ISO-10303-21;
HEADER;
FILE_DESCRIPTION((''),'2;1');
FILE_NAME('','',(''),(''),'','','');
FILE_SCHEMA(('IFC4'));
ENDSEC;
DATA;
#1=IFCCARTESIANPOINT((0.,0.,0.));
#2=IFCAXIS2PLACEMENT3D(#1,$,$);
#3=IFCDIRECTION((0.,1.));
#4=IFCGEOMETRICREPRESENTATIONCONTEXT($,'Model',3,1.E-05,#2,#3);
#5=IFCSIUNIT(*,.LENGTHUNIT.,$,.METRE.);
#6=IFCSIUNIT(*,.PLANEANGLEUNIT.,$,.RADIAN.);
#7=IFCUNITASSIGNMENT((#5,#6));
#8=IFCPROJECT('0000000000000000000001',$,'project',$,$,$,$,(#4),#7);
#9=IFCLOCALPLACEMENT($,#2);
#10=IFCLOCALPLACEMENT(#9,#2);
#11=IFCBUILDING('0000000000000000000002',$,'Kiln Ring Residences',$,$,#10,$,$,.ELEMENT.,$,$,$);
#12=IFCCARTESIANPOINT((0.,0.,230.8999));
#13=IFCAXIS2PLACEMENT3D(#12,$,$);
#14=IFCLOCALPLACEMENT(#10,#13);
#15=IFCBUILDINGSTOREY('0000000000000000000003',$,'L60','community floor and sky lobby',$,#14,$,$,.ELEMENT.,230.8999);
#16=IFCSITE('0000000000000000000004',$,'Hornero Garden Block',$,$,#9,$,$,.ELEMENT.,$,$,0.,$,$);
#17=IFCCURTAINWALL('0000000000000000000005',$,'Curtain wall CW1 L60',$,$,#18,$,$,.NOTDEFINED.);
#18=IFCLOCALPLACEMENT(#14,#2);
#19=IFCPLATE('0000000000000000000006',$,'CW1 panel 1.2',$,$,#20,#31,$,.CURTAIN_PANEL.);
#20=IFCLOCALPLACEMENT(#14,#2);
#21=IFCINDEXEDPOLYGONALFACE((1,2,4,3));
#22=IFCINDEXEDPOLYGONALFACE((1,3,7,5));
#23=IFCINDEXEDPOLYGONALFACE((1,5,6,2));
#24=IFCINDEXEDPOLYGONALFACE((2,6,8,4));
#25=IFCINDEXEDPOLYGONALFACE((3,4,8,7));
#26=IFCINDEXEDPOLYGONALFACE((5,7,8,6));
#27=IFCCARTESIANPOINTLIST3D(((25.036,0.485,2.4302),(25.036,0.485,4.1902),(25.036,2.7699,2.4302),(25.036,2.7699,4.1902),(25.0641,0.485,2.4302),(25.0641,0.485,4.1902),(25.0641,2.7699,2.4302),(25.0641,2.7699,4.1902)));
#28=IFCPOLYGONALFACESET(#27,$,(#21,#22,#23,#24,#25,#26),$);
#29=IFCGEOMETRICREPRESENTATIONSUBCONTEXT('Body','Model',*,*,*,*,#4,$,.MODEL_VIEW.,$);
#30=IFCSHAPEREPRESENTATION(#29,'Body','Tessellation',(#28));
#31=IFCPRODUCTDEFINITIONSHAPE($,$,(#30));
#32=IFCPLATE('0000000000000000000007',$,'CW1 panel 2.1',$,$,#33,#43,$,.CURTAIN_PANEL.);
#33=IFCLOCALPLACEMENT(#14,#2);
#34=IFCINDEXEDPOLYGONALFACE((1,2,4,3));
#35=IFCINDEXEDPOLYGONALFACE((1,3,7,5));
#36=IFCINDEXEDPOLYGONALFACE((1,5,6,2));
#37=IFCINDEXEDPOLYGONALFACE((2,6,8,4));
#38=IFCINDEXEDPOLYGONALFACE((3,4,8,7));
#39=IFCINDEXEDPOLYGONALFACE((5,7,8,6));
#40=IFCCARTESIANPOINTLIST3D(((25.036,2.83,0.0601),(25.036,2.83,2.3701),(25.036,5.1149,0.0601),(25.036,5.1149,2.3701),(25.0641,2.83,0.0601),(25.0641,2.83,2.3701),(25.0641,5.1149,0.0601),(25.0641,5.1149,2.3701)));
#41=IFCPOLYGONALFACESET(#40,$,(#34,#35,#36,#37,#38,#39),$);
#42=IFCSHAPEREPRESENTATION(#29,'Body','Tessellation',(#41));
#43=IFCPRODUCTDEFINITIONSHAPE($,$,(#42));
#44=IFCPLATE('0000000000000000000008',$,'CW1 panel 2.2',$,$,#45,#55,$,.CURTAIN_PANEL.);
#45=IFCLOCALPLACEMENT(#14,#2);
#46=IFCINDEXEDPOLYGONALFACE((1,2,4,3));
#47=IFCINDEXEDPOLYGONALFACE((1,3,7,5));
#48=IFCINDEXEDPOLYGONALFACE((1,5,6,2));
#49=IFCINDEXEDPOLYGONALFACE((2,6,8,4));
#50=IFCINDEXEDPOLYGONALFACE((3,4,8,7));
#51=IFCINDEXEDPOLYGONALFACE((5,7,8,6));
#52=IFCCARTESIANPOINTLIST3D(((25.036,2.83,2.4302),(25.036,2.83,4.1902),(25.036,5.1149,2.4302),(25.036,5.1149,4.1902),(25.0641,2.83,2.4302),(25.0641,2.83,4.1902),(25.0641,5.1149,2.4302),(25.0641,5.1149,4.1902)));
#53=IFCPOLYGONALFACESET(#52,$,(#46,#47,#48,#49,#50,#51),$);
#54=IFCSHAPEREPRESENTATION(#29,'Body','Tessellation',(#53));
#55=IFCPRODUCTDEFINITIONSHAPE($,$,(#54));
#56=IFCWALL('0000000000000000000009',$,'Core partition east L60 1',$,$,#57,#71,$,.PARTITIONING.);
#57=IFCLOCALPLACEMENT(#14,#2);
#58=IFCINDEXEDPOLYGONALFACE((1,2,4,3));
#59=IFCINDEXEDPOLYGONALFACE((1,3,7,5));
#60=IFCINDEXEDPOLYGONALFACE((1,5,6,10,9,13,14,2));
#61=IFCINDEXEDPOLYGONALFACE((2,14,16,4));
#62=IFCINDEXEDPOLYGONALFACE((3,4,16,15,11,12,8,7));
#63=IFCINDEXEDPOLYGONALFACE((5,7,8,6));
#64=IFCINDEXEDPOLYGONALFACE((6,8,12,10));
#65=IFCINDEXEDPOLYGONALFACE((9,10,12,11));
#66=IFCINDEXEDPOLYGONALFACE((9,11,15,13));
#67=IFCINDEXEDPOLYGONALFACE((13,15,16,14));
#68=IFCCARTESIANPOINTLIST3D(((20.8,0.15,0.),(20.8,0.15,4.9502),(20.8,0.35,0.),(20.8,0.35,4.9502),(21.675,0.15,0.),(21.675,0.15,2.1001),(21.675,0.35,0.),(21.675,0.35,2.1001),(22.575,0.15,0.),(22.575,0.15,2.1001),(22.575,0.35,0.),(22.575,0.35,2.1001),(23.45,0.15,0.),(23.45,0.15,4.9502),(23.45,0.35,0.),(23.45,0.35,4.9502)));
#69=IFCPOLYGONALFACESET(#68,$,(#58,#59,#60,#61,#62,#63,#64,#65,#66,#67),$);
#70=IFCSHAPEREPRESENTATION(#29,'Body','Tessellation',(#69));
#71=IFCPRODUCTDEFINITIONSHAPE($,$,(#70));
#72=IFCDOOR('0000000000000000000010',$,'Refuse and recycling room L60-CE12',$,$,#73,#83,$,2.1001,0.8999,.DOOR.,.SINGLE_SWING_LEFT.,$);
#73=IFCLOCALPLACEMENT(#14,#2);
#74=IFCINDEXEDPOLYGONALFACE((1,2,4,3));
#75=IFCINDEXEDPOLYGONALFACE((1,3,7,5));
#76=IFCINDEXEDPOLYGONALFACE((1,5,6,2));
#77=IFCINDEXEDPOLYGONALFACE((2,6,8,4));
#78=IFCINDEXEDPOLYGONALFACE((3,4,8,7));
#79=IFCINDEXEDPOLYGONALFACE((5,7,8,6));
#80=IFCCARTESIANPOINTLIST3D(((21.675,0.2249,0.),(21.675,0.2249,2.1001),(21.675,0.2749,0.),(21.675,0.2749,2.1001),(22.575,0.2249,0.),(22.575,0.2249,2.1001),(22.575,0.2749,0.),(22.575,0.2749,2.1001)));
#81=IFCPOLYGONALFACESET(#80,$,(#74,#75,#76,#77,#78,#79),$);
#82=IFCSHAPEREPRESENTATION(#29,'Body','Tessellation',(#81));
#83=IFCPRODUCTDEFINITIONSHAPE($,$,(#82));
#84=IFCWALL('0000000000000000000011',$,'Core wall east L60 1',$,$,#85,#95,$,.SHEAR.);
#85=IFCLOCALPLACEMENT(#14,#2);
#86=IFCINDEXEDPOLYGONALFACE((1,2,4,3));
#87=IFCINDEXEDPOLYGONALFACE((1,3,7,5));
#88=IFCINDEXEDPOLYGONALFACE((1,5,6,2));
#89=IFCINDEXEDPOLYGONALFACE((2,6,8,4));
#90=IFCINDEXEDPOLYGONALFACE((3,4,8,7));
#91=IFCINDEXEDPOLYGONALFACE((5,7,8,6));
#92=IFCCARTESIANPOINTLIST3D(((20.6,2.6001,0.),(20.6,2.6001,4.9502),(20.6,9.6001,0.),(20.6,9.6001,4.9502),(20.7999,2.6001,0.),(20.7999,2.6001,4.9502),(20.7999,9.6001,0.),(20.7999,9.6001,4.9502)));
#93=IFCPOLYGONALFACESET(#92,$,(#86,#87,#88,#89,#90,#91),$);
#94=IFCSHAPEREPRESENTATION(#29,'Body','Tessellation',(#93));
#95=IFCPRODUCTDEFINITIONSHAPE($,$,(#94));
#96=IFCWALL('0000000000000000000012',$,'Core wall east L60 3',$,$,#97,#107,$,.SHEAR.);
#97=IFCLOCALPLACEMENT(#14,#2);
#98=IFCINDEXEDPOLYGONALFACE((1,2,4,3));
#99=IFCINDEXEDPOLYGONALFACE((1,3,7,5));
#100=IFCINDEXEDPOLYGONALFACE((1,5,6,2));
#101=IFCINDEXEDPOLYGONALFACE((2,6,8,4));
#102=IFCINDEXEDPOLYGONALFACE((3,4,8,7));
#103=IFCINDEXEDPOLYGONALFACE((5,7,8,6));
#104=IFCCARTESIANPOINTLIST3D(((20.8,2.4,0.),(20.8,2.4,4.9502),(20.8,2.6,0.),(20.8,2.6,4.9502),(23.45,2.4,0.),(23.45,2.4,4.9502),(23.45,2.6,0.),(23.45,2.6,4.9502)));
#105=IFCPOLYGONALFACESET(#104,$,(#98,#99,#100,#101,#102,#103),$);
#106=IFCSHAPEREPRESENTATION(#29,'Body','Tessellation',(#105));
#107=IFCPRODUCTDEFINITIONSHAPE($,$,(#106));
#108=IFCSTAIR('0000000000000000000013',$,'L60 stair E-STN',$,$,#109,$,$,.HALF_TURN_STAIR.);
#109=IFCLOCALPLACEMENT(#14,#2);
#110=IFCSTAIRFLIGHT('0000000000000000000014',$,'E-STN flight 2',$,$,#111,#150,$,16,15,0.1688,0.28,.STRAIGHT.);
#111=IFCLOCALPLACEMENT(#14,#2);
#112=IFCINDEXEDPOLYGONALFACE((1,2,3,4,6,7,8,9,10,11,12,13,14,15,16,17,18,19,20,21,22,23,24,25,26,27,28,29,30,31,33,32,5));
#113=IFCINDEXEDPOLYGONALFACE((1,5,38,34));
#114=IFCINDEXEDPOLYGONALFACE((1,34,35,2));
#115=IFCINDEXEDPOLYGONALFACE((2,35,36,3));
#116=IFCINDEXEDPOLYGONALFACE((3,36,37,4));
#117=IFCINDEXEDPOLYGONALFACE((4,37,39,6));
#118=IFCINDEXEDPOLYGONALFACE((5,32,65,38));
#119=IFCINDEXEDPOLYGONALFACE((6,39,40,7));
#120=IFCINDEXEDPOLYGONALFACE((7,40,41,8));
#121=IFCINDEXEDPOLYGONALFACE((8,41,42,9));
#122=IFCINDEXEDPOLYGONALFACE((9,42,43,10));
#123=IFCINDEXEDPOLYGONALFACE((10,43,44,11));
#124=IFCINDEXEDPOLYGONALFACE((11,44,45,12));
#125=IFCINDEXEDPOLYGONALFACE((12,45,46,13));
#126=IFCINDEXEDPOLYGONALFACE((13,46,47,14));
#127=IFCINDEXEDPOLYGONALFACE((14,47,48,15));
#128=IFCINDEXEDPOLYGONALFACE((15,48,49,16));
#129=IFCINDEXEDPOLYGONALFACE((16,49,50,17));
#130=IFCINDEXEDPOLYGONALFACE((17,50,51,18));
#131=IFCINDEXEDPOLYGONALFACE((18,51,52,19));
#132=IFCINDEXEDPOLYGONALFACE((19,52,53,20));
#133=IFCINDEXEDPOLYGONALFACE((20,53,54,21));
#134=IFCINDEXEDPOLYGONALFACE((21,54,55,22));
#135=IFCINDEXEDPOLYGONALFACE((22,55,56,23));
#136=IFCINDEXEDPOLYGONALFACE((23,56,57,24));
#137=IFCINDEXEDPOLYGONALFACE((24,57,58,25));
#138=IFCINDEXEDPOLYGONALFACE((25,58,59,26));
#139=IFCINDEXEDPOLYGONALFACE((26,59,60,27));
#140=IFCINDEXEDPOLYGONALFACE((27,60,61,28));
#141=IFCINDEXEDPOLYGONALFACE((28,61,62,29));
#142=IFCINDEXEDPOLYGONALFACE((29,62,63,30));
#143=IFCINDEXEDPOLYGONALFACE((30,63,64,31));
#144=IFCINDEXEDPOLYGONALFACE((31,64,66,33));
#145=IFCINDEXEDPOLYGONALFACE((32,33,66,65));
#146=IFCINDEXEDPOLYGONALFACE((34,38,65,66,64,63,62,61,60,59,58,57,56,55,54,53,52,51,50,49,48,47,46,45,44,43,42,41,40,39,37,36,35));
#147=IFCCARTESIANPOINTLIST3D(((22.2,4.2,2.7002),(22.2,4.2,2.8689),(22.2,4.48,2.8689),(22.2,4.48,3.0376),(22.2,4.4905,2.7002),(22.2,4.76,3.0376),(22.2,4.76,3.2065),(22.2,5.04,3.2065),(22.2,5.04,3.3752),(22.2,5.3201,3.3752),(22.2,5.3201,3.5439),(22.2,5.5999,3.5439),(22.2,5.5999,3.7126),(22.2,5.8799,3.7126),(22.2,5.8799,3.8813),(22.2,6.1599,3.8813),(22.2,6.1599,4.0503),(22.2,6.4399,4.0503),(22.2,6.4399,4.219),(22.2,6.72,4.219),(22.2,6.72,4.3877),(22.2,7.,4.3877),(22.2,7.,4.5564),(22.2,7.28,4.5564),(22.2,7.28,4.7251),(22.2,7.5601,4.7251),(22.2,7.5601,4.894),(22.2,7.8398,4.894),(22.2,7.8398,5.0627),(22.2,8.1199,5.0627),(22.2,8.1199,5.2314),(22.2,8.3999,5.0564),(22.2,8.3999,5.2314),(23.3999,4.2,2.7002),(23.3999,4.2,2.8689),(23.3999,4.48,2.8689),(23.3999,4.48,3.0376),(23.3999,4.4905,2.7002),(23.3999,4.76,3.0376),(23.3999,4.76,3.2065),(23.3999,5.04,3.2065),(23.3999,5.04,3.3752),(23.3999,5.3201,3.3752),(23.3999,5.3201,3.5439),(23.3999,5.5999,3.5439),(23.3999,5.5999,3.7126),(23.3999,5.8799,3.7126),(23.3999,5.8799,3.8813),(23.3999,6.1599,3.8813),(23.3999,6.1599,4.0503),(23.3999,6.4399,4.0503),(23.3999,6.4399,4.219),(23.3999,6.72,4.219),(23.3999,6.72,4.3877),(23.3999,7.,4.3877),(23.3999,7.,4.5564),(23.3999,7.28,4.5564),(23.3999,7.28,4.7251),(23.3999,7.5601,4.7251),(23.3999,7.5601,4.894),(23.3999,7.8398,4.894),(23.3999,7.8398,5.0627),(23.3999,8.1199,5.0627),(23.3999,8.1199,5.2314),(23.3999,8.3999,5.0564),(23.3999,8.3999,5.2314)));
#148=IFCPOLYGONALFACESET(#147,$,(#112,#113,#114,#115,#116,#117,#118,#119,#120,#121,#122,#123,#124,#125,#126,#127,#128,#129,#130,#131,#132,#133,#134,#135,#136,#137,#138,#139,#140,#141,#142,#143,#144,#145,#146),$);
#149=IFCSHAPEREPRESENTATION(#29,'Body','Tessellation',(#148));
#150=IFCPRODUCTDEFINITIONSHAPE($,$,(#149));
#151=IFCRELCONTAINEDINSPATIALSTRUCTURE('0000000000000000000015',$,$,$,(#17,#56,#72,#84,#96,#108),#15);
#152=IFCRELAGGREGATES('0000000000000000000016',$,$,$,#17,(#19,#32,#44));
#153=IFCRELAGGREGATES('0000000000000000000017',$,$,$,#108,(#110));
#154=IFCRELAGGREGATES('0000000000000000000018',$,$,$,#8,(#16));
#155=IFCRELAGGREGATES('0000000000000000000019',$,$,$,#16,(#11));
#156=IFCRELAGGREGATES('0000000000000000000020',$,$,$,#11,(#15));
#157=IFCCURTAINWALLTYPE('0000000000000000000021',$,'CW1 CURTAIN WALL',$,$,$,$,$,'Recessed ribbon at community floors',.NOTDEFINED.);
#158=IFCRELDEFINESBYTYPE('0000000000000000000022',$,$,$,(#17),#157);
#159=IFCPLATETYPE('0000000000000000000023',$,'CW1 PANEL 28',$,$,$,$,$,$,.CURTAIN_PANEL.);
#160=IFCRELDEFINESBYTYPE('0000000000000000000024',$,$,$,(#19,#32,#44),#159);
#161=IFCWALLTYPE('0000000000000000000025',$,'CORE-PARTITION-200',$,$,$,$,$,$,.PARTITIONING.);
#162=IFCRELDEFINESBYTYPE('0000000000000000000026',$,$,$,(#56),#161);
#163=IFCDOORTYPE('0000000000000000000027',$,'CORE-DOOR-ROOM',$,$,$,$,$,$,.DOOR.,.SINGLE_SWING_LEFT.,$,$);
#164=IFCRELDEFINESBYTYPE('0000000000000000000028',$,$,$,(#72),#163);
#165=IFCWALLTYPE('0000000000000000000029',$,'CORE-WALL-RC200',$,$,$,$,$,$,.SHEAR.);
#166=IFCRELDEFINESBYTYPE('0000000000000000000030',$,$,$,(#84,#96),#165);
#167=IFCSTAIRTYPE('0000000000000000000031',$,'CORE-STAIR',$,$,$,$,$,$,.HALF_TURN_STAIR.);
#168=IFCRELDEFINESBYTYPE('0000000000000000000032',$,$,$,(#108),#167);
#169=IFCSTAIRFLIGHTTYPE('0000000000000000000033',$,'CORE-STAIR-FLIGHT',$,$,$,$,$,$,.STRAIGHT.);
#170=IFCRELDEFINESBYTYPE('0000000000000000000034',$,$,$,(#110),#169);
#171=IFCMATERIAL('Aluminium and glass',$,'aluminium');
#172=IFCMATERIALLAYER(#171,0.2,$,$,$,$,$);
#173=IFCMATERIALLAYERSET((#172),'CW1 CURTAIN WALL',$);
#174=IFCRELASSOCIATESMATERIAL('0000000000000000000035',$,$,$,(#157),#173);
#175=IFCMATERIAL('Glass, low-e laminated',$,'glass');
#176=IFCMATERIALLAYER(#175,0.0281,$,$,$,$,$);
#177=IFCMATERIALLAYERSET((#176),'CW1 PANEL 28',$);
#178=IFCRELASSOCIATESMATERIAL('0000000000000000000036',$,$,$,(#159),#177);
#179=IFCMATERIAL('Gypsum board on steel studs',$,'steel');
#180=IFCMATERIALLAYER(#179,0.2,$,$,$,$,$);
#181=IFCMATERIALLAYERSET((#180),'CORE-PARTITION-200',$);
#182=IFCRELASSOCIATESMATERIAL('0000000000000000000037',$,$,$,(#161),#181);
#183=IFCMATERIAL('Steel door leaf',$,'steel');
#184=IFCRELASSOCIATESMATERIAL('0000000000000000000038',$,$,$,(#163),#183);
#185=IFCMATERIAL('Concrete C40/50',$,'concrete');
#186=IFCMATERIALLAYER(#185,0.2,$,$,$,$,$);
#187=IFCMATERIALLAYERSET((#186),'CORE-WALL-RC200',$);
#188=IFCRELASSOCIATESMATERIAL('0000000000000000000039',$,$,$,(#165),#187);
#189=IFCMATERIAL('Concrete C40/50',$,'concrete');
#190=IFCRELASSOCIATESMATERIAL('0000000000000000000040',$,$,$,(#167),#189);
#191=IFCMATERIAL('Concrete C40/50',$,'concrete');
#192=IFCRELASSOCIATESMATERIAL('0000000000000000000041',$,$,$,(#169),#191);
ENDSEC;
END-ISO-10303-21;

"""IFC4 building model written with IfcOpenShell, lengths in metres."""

from ifc_helpers import new_model, si_unit, direction, frame, frame_2d, origin, origin_2d, place, context, subcontext, project, spatial, polyline, rectangle, outline, extrude, material, layer, layer_set, type_object, element, fill, aggregate, save


model = new_model("IFC4")

# Units and contexts
model_context = context("Model", 3, precision=1e-05, world=origin(), true_north=direction((0.0, 1.0)))
body_context = subcontext(model_context, "Body", "Model", "MODEL_VIEW")
ifc_project = project(units=[si_unit("LENGTHUNIT", "METRE"), si_unit("PLANEANGLEUNIT", "RADIAN")], contexts=[model_context])

# Site, building, storey
site_placement = place(None, origin())
site = spatial("IfcSite", under=ifc_project, at=site_placement, Name="Hornero Garden Block", CompositionType="ELEMENT", RefElevation=0.0)
building_placement = place(site_placement, origin())
building = spatial("IfcBuilding", under=site, at=building_placement, Name="Kiln Ring Residences", CompositionType="ELEMENT")
storey_placement = place(building_placement, frame((0.0, 0.0, 230.8999)))
storey = spatial("IfcBuildingStorey", under=building, at=storey_placement, Name="L60", Description="community floor and sky lobby", CompositionType="ELEMENT", Elevation=230.8999)

# Curtain wall
ifc_material_1 = material(Name="Aluminium and glass", Category="aluminium")
ifc_layer_1 = layer(ifc_material_1, 0.2)
ifc_layer_set_1 = layer_set([ifc_layer_1], Name="CW1 CURTAIN WALL")
curtain_wall_type = type_object("IfcCurtainWallType", Name="CW1 CURTAIN WALL", ElementType="Recessed ribbon at community floors", PredefinedType="NOTDEFINED", material=ifc_layer_set_1)
placement = place(storey_placement, origin())
curtain_wall = element("IfcCurtainWall", 1, at=placement, inside=storey, type_object=curtain_wall_type, Name="Curtain wall CW1 L60", PredefinedType="NOTDEFINED")

# Plates
ifc_material_2 = material(Name="Glass, low-e laminated", Category="glass")
ifc_layer_2 = layer(ifc_material_2, 0.0281)
ifc_layer_set_2 = layer_set([ifc_layer_2], Name="CW1 PANEL 28")
plate_type = type_object("IfcPlateType", Name="CW1 PANEL 28", PredefinedType="CURTAIN_PANEL", material=ifc_layer_set_2)
plate_1_placement = place(storey_placement, frame((25.05, 1.6274, 2.4302), z_axis=(0.0, 0.0, 1.0), x_axis=(0.0, 1.0, 0.0)))
plate_1 = element("IfcPlate", 2, at=plate_1_placement, type_object=plate_type, Name="CW1 panel 1.2", PredefinedType="CURTAIN_PANEL", context=body_context, shape_type="SweptSolid", body=[
    extrude(rectangle(XDim=2.2849, YDim=0.0281, at=origin_2d()), origin(), (0.0, 0.0, 1.0), 1.76),
])
plate_2_placement = place(storey_placement, frame((25.05, 3.9724, 0.0601), z_axis=(0.0, 0.0, 1.0), x_axis=(0.0, 1.0, 0.0)))
plate_2 = element("IfcPlate", 3, at=plate_2_placement, type_object=plate_type, Name="CW1 panel 2.1", PredefinedType="CURTAIN_PANEL", context=body_context, shape_type="SweptSolid", body=[
    extrude(rectangle(XDim=2.2849, YDim=0.0281, at=origin_2d()), origin(), (0.0, 0.0, 1.0), 2.3101),
])
plate_3_placement = place(storey_placement, frame((25.05, 3.9724, 2.4302), z_axis=(0.0, 0.0, 1.0), x_axis=(0.0, 1.0, 0.0)))
plate_3 = element("IfcPlate", 4, at=plate_3_placement, type_object=plate_type, Name="CW1 panel 2.2", PredefinedType="CURTAIN_PANEL", context=body_context, shape_type="SweptSolid", body=[
    extrude(rectangle(XDim=2.2849, YDim=0.0281, at=origin_2d()), origin(), (0.0, 0.0, 1.0), 1.76),
])
aggregate(curtain_wall, [plate_1, plate_2, plate_3])

# Wall, opening, door
ifc_material_3 = material(Name="Gypsum board on steel studs", Category="steel")
ifc_layer_3 = layer(ifc_material_3, 0.2)
ifc_layer_set_3 = layer_set([ifc_layer_3], Name="CORE-PARTITION-200")
wall_type_1 = type_object("IfcWallType", Name="CORE-PARTITION-200", PredefinedType="PARTITIONING", material=ifc_layer_set_3)
wall_1_placement = place(storey_placement, frame((20.8, 0.25, 0.0), z_axis=(0.0, 0.0, 1.0), x_axis=(1.0, 0.0, 0.0)))
wall_1 = element("IfcWall", 5, at=wall_1_placement, inside=storey, type_object=wall_type_1, Name="Core partition east L60 1", PredefinedType="PARTITIONING", context=body_context, shape_type="SweptSolid", body=[
    extrude(rectangle(XDim=2.6499, YDim=0.2, at=frame_2d((1.325, 0.0))), origin(), (0.0, 0.0, 1.0), 4.9502),
])
opening_placement = place(wall_1_placement, frame((0.875, 0.0, 0.0)))
opening = element("IfcOpeningElement", 6, at=opening_placement, cuts=wall_1, PredefinedType="OPENING", context=body_context, shape_type="SweptSolid", body=[
    extrude(rectangle(XDim=0.8999, YDim=2.1001, at=frame_2d((0.45, 1.05))), frame((0.0, 0.1099, 0.0), z_axis=(0.0, -1.0, 0.0), x_axis=(1.0, 0.0, 0.0)), (0.0, 0.0, 1.0), 0.22),
])
ifc_material_4 = material(Name="Steel door leaf", Category="steel")
door_type = type_object("IfcDoorType", Name="CORE-DOOR-ROOM", OperationType="SINGLE_SWING_LEFT", PredefinedType="DOOR", material=ifc_material_4)
door_placement = place(opening_placement, origin())
door = element("IfcDoor", 7, at=door_placement, inside=storey, type_object=door_type, Name="Refuse and recycling room L60-CE12", OperationType="SINGLE_SWING_LEFT", OverallHeight=2.1001, OverallWidth=0.8999, PredefinedType="DOOR", context=body_context, shape_type="SweptSolid", body=[
    extrude(rectangle(XDim=0.8999, YDim=2.1001, at=frame_2d((0.45, 1.05))), frame((0.0, 0.0249, 0.0), z_axis=(0.0, -1.0, 0.0), x_axis=(1.0, 0.0, 0.0)), (0.0, 0.0, 1.0), 0.05),
])
fill(opening, door)

# Walls
ifc_material_5 = material(Name="Concrete C40/50", Category="concrete")
ifc_layer_4 = layer(ifc_material_5, 0.2)
ifc_layer_set_4 = layer_set([ifc_layer_4], Name="CORE-WALL-RC200")
wall_type_2 = type_object("IfcWallType", Name="CORE-WALL-RC200", PredefinedType="SHEAR", material=ifc_layer_set_4)
wall_2_placement = place(storey_placement, frame((20.7, 2.6001, 0.0), z_axis=(0.0, 0.0, 1.0), x_axis=(0.0, 1.0, 0.0)))
element("IfcWall", 8, at=wall_2_placement, inside=storey, type_object=wall_type_2, Name="Core wall east L60 1", PredefinedType="SHEAR", context=body_context, shape_type="SweptSolid", body=[
    extrude(rectangle(XDim=7.0, YDim=0.2, at=frame_2d((3.5, 0.0))), origin(), (0.0, 0.0, 1.0), 4.9502),
])
wall_3_placement = place(storey_placement, frame((20.8, 2.5, 0.0), z_axis=(0.0, 0.0, 1.0), x_axis=(1.0, 0.0, 0.0)))
element("IfcWall", 9, at=wall_3_placement, inside=storey, type_object=wall_type_2, Name="Core wall east L60 3", PredefinedType="SHEAR", context=body_context, shape_type="SweptSolid", body=[
    extrude(rectangle(XDim=2.6499, YDim=0.2, at=frame_2d((1.325, 0.0))), origin(), (0.0, 0.0, 1.0), 4.9502),
])

# Stair, stair flight
ifc_material_6 = material(Name="Concrete C40/50", Category="concrete")
stair_type = type_object("IfcStairType", Name="CORE-STAIR", PredefinedType="HALF_TURN_STAIR", material=ifc_material_6)
stair = element("IfcStair", 10, at=placement, inside=storey, type_object=stair_type, Name="L60 stair E-STN", PredefinedType="HALF_TURN_STAIR")
ifc_material_7 = material(Name="Concrete C40/50", Category="concrete")
stair_flight_type = type_object("IfcStairFlightType", Name="CORE-STAIR-FLIGHT", PredefinedType="STRAIGHT", material=ifc_material_7)
stair_flight_placement = place(storey_placement, frame((22.8, 4.2, 2.7002), z_axis=(0.0, 0.0, 1.0), x_axis=(0.0, 1.0, 0.0)))
stair_flight = element("IfcStairFlight", 11, at=stair_flight_placement, type_object=stair_flight_type, Name="E-STN flight 2", NumberOfRisers=16, NumberOfTreads=15, PredefinedType="STRAIGHT", RiserHeight=0.1688, TreadLength=0.28, context=body_context, shape_type="SweptSolid", body=[
    extrude(outline(polyline([(0.0, 0.0), (0.0, 0.1687), (0.28, 0.1687), (0.28, 0.3374), (0.5601, 0.3374), (0.5601, 0.5063), (0.8401, 0.5063), (0.8401, 0.675), (1.1201, 0.675), (1.1201, 0.8438), (1.3999, 0.8438), (1.3999, 1.0125), (1.6799, 1.0125), (1.6799, 1.1812), (1.96, 1.1812), (1.96, 1.3501), (2.24, 1.3501), (2.24, 1.5188), (2.52, 1.5188), (2.52, 1.6875), (2.8, 1.6875), (2.8, 1.8562), (3.0801, 1.8562), (3.0801, 2.0249), (3.3601, 2.0249), (3.3601, 2.1938), (3.6399, 2.1938), (3.6399, 2.3625), (3.9199, 2.3625), (3.9199, 2.5312), (4.2, 2.5312), (4.2, 2.7), (4.2, 2.3562), (0.2905, 0.0), (0.0, 0.0)])), frame((0.0, 0.6001, 0.0), z_axis=(0.0, -1.0, 0.0), x_axis=(1.0, 0.0, 0.0)), (0.0, 0.0, 1.0), 1.2),
])
aggregate(stair, [stair_flight])

save(model, "model.ifc")
